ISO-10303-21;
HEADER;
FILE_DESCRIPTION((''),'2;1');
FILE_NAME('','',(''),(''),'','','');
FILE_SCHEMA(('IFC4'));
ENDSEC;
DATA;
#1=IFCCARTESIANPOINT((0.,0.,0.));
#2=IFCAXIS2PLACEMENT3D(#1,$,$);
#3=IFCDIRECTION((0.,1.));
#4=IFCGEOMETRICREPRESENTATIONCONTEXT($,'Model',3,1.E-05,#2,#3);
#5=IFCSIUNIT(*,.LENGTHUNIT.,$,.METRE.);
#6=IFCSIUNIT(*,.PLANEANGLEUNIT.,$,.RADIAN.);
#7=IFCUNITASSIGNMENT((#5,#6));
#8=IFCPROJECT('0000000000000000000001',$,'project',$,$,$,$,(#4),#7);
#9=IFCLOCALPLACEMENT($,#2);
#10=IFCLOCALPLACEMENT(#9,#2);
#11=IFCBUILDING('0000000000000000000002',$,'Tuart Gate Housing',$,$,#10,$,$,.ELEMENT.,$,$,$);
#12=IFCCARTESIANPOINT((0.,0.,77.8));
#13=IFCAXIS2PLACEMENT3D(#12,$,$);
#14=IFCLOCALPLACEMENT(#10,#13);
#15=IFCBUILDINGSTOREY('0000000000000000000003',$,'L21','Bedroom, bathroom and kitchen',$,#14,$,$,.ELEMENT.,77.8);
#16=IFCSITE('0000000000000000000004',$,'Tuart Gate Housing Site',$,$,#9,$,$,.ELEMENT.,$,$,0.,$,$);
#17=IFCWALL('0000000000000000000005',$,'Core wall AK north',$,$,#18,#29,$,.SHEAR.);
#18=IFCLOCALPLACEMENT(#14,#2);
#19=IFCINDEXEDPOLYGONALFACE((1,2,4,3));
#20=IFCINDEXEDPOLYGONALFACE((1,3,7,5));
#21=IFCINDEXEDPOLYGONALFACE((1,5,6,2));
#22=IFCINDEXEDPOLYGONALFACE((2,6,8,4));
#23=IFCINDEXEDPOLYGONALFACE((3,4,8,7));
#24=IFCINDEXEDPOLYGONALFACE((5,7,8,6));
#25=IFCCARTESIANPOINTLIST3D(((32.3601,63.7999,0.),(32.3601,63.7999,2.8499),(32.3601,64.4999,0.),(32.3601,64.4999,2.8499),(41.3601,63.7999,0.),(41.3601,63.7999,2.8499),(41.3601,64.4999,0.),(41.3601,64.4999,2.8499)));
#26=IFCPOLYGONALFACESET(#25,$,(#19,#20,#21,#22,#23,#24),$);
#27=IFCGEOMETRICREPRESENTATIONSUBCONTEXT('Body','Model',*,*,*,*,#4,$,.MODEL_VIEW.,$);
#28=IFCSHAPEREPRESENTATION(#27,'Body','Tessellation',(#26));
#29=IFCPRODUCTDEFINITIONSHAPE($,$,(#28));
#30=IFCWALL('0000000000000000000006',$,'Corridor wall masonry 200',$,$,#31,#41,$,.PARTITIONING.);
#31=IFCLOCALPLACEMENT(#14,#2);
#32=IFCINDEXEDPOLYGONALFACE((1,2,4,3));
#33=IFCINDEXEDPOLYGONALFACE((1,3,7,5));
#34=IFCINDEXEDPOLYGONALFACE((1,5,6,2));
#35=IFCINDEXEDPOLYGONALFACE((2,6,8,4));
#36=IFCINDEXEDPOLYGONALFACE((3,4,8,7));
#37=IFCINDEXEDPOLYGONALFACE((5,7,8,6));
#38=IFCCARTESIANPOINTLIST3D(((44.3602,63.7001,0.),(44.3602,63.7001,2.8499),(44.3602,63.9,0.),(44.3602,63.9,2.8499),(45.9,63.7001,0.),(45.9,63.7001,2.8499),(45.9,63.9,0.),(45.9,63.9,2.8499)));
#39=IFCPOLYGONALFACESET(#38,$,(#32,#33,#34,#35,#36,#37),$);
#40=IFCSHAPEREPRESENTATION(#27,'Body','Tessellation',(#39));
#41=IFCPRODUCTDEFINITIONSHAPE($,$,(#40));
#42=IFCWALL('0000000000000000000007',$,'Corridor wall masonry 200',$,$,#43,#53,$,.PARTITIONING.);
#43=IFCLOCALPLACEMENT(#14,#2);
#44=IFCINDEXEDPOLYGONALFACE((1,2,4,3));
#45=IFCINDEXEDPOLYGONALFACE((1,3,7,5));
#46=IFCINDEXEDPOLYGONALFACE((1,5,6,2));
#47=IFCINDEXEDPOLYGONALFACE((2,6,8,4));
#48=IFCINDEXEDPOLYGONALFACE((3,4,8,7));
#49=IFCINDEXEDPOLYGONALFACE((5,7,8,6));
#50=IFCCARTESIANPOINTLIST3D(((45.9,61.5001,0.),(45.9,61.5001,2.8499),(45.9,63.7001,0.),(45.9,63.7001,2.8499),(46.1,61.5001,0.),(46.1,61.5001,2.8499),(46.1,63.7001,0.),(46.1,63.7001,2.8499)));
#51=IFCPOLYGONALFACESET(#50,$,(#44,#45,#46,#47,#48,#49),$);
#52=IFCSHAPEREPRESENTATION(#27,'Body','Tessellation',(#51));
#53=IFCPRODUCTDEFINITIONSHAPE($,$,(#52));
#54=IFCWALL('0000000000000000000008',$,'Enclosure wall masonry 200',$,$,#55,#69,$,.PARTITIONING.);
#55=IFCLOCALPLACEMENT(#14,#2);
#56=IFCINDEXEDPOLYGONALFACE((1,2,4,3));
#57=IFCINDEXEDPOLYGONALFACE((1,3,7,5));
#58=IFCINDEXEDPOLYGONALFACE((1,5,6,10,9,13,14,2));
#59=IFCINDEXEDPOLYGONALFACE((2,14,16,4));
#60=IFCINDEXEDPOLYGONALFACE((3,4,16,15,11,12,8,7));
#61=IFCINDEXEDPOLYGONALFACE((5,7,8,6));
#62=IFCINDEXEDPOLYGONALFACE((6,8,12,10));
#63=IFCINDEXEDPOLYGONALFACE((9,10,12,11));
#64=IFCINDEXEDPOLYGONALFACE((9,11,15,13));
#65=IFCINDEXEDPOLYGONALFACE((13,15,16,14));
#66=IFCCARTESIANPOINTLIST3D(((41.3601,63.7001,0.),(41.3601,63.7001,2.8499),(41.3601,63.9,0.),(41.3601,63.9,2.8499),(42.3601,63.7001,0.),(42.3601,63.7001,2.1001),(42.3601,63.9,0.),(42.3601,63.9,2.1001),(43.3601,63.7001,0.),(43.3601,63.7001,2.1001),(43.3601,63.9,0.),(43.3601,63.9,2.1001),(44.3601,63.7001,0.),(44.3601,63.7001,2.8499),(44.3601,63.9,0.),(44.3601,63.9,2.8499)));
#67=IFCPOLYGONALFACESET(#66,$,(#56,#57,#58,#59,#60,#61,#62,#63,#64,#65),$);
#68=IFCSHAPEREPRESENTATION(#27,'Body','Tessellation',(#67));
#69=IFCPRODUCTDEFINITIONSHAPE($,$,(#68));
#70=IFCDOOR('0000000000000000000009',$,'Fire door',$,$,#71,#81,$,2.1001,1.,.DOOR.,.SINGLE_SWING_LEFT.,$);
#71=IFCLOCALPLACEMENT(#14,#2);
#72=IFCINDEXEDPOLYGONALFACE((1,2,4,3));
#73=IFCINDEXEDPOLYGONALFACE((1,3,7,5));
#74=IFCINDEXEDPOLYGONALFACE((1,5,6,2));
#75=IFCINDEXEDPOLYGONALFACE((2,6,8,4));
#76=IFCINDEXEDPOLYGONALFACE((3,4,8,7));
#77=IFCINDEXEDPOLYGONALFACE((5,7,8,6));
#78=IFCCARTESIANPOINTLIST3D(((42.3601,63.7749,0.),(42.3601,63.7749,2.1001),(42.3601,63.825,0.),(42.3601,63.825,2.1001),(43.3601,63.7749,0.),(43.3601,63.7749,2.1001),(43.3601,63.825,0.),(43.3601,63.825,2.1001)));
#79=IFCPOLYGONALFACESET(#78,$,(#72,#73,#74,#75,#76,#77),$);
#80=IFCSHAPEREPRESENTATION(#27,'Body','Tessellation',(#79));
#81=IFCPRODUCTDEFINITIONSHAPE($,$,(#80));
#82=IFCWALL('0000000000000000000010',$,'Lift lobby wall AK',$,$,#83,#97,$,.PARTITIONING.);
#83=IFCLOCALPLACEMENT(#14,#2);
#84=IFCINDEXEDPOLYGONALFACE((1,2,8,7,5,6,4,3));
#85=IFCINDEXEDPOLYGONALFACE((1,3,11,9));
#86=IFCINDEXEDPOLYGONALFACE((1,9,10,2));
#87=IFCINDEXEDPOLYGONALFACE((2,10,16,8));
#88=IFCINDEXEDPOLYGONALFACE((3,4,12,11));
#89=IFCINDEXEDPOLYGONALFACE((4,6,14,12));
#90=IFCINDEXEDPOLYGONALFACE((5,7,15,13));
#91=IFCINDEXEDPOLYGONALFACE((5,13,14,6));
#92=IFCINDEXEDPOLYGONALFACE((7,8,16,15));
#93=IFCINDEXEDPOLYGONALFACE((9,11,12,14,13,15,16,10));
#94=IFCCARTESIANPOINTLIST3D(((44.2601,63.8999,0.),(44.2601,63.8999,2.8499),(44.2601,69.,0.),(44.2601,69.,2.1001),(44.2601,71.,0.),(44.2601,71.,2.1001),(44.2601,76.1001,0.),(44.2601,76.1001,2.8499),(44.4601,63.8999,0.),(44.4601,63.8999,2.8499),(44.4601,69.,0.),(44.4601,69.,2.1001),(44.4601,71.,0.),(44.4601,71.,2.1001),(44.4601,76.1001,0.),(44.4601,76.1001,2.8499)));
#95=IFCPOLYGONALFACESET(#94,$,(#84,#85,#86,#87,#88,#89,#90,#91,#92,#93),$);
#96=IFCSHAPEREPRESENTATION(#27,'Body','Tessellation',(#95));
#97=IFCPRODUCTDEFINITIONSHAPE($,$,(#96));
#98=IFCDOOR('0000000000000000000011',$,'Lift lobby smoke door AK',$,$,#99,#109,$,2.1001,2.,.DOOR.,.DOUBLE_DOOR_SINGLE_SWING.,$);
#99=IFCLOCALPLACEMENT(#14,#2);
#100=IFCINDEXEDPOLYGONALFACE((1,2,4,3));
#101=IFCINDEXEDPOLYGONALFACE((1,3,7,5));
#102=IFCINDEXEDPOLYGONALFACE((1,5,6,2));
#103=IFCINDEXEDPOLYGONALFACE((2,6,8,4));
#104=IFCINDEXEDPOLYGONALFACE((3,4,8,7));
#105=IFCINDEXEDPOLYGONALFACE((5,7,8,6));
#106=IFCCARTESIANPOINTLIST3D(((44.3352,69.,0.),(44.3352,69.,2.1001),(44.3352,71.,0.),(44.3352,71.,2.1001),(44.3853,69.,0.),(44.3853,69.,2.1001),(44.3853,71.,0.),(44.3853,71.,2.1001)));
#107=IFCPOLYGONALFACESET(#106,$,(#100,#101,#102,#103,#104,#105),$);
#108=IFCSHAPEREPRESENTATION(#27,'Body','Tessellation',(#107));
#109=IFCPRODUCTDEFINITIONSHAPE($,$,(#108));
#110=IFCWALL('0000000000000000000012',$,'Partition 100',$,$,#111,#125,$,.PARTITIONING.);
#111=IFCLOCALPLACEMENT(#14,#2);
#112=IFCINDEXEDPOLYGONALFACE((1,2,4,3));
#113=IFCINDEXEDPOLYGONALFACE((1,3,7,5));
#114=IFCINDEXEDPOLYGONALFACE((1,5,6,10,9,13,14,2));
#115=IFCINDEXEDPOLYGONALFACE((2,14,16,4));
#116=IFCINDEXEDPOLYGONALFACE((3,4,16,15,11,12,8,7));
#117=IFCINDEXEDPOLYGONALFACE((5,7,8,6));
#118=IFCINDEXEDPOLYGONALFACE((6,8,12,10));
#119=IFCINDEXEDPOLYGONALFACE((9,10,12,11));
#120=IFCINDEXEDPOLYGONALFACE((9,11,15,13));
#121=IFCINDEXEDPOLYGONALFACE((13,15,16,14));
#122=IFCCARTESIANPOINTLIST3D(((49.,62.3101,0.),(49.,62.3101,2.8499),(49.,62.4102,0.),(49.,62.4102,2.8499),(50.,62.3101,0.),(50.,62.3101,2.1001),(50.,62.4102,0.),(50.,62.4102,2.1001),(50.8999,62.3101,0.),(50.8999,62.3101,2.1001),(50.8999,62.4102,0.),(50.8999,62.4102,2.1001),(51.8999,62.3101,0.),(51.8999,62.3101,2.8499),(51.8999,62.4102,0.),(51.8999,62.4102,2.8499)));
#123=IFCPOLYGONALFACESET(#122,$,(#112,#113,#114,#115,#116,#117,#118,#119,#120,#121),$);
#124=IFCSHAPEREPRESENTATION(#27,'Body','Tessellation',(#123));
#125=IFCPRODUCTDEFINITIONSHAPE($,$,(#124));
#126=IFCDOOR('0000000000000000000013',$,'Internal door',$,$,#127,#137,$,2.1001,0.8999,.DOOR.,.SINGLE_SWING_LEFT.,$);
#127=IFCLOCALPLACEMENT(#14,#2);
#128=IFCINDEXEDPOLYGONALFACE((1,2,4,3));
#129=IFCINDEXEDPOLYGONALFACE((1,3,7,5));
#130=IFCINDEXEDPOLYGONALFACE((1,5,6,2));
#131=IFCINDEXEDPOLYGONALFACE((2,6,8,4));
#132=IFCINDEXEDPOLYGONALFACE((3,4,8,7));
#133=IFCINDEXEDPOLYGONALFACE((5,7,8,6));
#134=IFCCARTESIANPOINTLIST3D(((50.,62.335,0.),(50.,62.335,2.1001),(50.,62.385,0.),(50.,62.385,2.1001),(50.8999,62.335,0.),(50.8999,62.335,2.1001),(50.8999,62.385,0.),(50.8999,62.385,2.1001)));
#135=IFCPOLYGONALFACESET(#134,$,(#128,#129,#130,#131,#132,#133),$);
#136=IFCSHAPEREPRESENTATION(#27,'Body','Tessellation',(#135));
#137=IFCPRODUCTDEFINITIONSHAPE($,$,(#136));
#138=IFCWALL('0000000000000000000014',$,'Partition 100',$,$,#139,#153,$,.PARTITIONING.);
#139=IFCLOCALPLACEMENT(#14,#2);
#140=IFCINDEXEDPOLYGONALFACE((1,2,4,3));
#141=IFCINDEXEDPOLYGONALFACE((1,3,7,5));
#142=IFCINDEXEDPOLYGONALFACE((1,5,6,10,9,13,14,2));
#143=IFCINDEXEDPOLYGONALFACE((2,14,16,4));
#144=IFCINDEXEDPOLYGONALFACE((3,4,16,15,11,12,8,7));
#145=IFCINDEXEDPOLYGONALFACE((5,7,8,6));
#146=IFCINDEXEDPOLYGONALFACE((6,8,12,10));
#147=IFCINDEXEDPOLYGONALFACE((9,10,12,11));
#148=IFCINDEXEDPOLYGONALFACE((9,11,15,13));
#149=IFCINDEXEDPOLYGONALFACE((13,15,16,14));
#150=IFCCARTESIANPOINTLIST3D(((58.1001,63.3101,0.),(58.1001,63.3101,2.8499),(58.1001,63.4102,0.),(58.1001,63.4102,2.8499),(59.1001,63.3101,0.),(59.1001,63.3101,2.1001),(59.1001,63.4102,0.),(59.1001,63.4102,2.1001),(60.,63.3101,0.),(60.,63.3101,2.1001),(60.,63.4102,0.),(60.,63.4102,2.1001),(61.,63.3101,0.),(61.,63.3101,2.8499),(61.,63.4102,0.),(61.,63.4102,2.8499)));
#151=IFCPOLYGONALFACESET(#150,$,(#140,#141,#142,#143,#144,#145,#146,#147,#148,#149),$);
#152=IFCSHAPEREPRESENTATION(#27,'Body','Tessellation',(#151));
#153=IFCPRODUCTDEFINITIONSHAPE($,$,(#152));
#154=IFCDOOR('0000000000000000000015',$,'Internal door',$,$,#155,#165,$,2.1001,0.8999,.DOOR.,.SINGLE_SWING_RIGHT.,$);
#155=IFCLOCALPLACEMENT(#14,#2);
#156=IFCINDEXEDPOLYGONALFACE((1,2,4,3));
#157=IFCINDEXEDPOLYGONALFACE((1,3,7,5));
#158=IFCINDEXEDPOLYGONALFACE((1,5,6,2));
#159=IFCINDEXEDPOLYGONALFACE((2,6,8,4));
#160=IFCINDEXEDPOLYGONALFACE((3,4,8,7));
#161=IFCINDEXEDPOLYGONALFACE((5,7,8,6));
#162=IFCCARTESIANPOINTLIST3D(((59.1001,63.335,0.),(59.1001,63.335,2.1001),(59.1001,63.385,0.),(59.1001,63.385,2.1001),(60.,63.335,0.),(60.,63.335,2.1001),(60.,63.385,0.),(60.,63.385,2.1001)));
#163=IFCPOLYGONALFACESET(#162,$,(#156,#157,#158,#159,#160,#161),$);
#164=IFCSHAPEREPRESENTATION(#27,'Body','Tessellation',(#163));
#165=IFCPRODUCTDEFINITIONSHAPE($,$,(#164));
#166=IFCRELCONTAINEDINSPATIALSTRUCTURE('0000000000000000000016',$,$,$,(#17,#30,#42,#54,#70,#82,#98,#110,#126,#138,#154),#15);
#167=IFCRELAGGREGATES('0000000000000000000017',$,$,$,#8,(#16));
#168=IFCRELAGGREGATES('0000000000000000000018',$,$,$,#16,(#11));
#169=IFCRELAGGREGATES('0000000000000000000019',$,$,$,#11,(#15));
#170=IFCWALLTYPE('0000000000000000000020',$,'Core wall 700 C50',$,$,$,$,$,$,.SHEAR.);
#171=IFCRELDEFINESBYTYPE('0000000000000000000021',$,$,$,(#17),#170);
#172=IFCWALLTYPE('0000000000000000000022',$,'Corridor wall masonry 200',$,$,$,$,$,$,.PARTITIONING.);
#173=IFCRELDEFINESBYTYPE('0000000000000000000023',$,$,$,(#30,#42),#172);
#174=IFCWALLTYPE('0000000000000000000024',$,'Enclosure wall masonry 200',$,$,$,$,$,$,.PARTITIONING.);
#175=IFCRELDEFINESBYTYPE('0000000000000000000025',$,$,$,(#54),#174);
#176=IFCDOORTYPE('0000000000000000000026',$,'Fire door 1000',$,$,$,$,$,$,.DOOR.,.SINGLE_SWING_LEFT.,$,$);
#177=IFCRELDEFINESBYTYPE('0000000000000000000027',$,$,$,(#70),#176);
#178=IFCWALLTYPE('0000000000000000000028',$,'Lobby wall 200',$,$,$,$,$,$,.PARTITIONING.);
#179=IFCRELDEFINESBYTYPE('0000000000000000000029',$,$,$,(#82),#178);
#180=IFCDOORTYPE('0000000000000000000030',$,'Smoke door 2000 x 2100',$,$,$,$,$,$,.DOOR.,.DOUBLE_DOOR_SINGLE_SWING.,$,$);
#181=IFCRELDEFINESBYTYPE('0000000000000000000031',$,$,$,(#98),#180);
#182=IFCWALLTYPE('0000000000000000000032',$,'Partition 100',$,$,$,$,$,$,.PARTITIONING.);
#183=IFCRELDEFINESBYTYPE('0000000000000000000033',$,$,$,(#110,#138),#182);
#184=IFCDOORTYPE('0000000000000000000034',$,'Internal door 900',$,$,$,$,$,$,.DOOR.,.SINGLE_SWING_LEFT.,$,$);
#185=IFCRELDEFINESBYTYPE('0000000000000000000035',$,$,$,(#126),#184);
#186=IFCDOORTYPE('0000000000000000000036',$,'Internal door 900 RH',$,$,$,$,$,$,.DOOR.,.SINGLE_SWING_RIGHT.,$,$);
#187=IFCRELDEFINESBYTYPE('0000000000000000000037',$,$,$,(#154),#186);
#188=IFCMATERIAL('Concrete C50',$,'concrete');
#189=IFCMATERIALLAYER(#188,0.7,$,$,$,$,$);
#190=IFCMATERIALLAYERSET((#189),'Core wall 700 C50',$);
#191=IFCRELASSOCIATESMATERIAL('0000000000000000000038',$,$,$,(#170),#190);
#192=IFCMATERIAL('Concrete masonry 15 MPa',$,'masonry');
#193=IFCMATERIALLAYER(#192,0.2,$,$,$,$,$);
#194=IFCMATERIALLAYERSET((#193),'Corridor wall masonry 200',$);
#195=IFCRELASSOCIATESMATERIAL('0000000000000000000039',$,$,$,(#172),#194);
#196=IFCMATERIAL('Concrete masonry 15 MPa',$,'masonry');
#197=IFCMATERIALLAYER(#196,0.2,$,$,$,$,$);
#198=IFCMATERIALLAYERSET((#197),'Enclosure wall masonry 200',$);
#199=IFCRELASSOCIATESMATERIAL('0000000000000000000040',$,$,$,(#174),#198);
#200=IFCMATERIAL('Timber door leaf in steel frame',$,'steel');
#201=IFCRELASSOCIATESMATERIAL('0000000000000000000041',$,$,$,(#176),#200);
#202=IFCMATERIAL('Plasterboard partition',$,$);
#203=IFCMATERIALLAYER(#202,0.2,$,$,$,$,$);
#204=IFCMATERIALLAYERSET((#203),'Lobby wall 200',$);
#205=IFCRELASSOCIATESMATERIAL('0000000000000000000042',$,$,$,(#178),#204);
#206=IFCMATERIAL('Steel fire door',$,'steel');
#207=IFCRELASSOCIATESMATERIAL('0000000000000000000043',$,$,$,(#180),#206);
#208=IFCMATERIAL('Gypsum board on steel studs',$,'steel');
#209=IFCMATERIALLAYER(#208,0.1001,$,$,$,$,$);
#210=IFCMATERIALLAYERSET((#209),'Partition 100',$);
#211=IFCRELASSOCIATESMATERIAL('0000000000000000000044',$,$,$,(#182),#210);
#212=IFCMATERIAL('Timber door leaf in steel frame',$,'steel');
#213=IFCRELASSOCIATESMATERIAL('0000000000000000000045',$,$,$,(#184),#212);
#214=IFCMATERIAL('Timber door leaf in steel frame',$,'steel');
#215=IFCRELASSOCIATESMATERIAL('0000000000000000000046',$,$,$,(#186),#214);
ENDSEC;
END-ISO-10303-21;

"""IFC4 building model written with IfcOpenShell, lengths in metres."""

from ifc_helpers import new_model, si_unit, direction, frame, frame_2d, origin, place, context, subcontext, project, spatial, rectangle, extrude, material, layer, layer_set, type_object, element, fill, save


model = new_model("IFC4")

# Units and contexts
model_context = context("Model", 3, precision=1e-05, world=origin(), true_north=direction((0.0, 1.0)))
body_context = subcontext(model_context, "Body", "Model", "MODEL_VIEW")
ifc_project = project(units=[si_unit("LENGTHUNIT", "METRE"), si_unit("PLANEANGLEUNIT", "RADIAN")], contexts=[model_context])

# Site, building, storey
site_placement = place(None, origin())
site = spatial("IfcSite", under=ifc_project, at=site_placement, Name="Tuart Gate Housing Site", CompositionType="ELEMENT", RefElevation=0.0)
building_placement = place(site_placement, origin())
building = spatial("IfcBuilding", under=site, at=building_placement, Name="Tuart Gate Housing", CompositionType="ELEMENT")
storey_placement = place(building_placement, frame((0.0, 0.0, 77.8)))
storey = spatial("IfcBuildingStorey", under=building, at=storey_placement, Name="L21", Description="Bedroom, bathroom and kitchen", CompositionType="ELEMENT", Elevation=77.8)

# Walls
ifc_material_1 = material(Name="Concrete C50", Category="concrete")
ifc_layer_1 = layer(ifc_material_1, 0.7)
ifc_layer_set_1 = layer_set([ifc_layer_1], Name="Core wall 700 C50")
wall_type_1 = type_object("IfcWallType", Name="Core wall 700 C50", PredefinedType="SHEAR", material=ifc_layer_set_1)
wall_1_placement = place(storey_placement, frame((41.3601, 64.1499, 0.0), z_axis=(0.0, 0.0, 1.0), x_axis=(-1.0, 0.0, 0.0)))
element("IfcWall", 1, at=wall_1_placement, inside=storey, type_object=wall_type_1, Name="Core wall AK north", PredefinedType="SHEAR", context=body_context, shape_type="SweptSolid", body=[
    extrude(rectangle(XDim=9.0, YDim=0.7, at=frame_2d((4.5, 0.0))), origin(), (0.0, 0.0, 1.0), 2.8499),
])
ifc_material_2 = material(Name="Concrete masonry 15 MPa", Category="masonry")
ifc_layer_2 = layer(ifc_material_2, 0.2)
ifc_layer_set_2 = layer_set([ifc_layer_2], Name="Corridor wall masonry 200")
wall_type_2 = type_object("IfcWallType", Name="Corridor wall masonry 200", PredefinedType="PARTITIONING", material=ifc_layer_set_2)
wall_2_placement = place(storey_placement, frame((44.3601, 63.8, 0.0), z_axis=(0.0, 0.0, 1.0), x_axis=(1.0, 0.0, 0.0)))
element("IfcWall", 2, at=wall_2_placement, inside=storey, type_object=wall_type_2, Name="Corridor wall masonry 200", PredefinedType="PARTITIONING", context=body_context, shape_type="SweptSolid", body=[
    extrude(rectangle(XDim=1.5398, YDim=0.2, at=frame_2d((0.77, 0.0))), origin(), (0.0, 0.0, 1.0), 2.8499),
])
wall_3_placement = place(storey_placement, frame((46.0, 61.5, 0.0), z_axis=(0.0, 0.0, 1.0), x_axis=(0.0, 1.0, 0.0)))
element("IfcWall", 3, at=wall_3_placement, inside=storey, type_object=wall_type_2, Name="Corridor wall masonry 200", PredefinedType="PARTITIONING", context=body_context, shape_type="SweptSolid", body=[
    extrude(rectangle(XDim=2.2, YDim=0.2, at=frame_2d((1.1001, 0.0))), origin(), (0.0, 0.0, 1.0), 2.8499),
])

# Walls, openings, doors
ifc_material_3 = material(Name="Concrete masonry 15 MPa", Category="masonry")
ifc_layer_3 = layer(ifc_material_3, 0.2)
ifc_layer_set_3 = layer_set([ifc_layer_3], Name="Enclosure wall masonry 200")
wall_type_3 = type_object("IfcWallType", Name="Enclosure wall masonry 200", PredefinedType="PARTITIONING", material=ifc_layer_set_3)
wall_4_placement = place(storey_placement, frame((41.3601, 63.8, 0.0), z_axis=(0.0, 0.0, 1.0), x_axis=(1.0, 0.0, 0.0)))
wall_4 = element("IfcWall", 4, at=wall_4_placement, inside=storey, type_object=wall_type_3, Name="Enclosure wall masonry 200", PredefinedType="PARTITIONING", context=body_context, shape_type="SweptSolid", body=[
    extrude(rectangle(XDim=3.0, YDim=0.2, at=frame_2d((1.5, 0.0))), origin(), (0.0, 0.0, 1.0), 2.8499),
])
opening_1_placement = place(wall_4_placement, frame((1.0, 0.0, 0.0)))
opening_1 = element("IfcOpeningElement", 5, at=opening_1_placement, cuts=wall_4, PredefinedType="OPENING", context=body_context, shape_type="SweptSolid", body=[
    extrude(rectangle(XDim=1.0, YDim=2.1001, at=frame_2d((0.5, 1.05))), frame((0.0, 0.1099, 0.0), z_axis=(0.0, -1.0, 0.0), x_axis=(1.0, 0.0, 0.0)), (0.0, 0.0, 1.0), 0.22),
])
ifc_material_4 = material(Name="Timber door leaf in steel frame", Category="steel")
door_type_1 = type_object("IfcDoorType", Name="Fire door 1000", OperationType="SINGLE_SWING_LEFT", PredefinedType="DOOR", material=ifc_material_4)
door_1_placement = place(opening_1_placement, frame((1.0, 0.0, 0.0), z_axis=(0.0, 0.0, 1.0), x_axis=(-1.0, 0.0, 0.0)))
door_1 = element("IfcDoor", 6, at=door_1_placement, inside=storey, type_object=door_type_1, Name="Fire door", OperationType="SINGLE_SWING_LEFT", OverallHeight=2.1001, OverallWidth=1.0, PredefinedType="DOOR", context=body_context, shape_type="SweptSolid", body=[
    extrude(rectangle(XDim=1.0, YDim=2.1001, at=frame_2d((0.5, 1.05))), frame((0.0, 0.0251, 0.0), z_axis=(0.0, -1.0, 0.0), x_axis=(1.0, 0.0, 0.0)), (0.0, 0.0, 1.0), 0.05),
])
fill(opening_1, door_1)
ifc_material_5 = material(Name="Plasterboard partition")
ifc_layer_4 = layer(ifc_material_5, 0.2)
ifc_layer_set_4 = layer_set([ifc_layer_4], Name="Lobby wall 200")
wall_type_4 = type_object("IfcWallType", Name="Lobby wall 200", PredefinedType="PARTITIONING", material=ifc_layer_set_4)
wall_5_placement = place(storey_placement, frame((44.3601, 63.8999, 0.0), z_axis=(0.0, 0.0, 1.0), x_axis=(0.0, 1.0, 0.0)))
wall_5 = element("IfcWall", 7, at=wall_5_placement, inside=storey, type_object=wall_type_4, Name="Lift lobby wall AK", PredefinedType="PARTITIONING", context=body_context, shape_type="SweptSolid", body=[
    extrude(rectangle(XDim=12.2002, YDim=0.2, at=frame_2d((6.1001, 0.0))), origin(), (0.0, 0.0, 1.0), 2.8499),
])
opening_2_placement = place(wall_5_placement, frame((5.1001, 0.0, 0.0)))
opening_2 = element("IfcOpeningElement", 8, at=opening_2_placement, cuts=wall_5, PredefinedType="OPENING", context=body_context, shape_type="SweptSolid", body=[
    extrude(rectangle(XDim=2.0, YDim=2.1001, at=frame_2d((1.0, 1.05))), frame((0.0, 0.1099, 0.0), z_axis=(0.0, -1.0, 0.0), x_axis=(1.0, 0.0, 0.0)), (0.0, 0.0, 1.0), 0.22),
])
ifc_material_6 = material(Name="Steel fire door", Category="steel")
door_type_2 = type_object("IfcDoorType", Name="Smoke door 2000 x 2100", OperationType="DOUBLE_DOOR_SINGLE_SWING", PredefinedType="DOOR", material=ifc_material_6)
door_2_placement = place(opening_2_placement, origin())
door_2 = element("IfcDoor", 9, at=door_2_placement, inside=storey, type_object=door_type_2, Name="Lift lobby smoke door AK", OperationType="DOUBLE_DOOR_SINGLE_SWING", OverallHeight=2.1001, OverallWidth=2.0, PredefinedType="DOOR", context=body_context, shape_type="SweptSolid", body=[
    extrude(rectangle(XDim=2.0, YDim=2.1001, at=frame_2d((1.0, 1.05))), frame((0.0, 0.0249, 0.0), z_axis=(0.0, -1.0, 0.0), x_axis=(1.0, 0.0, 0.0)), (0.0, 0.0, 1.0), 0.05),
])
fill(opening_2, door_2)
ifc_material_7 = material(Name="Gypsum board on steel studs", Category="steel")
ifc_layer_5 = layer(ifc_material_7, 0.1001)
ifc_layer_set_5 = layer_set([ifc_layer_5], Name="Partition 100")
wall_type_5 = type_object("IfcWallType", Name="Partition 100", PredefinedType="PARTITIONING", material=ifc_layer_set_5)
wall_6_placement = place(storey_placement, frame((49.0, 62.3601, 0.0), z_axis=(0.0, 0.0, 1.0), x_axis=(1.0, 0.0, 0.0)))
wall_6 = element("IfcWall", 10, at=wall_6_placement, inside=storey, type_object=wall_type_5, Name="Partition 100", PredefinedType="PARTITIONING", context=body_context, shape_type="SweptSolid", body=[
    extrude(rectangle(XDim=2.8999, YDim=0.1001, at=frame_2d((1.45, 0.0))), origin(), (0.0, 0.0, 1.0), 2.8499),
])
opening_3_placement = place(wall_6_placement, frame((1.0, 0.0, 0.0)))
opening_3 = element("IfcOpeningElement", 11, at=opening_3_placement, cuts=wall_6, PredefinedType="OPENING", context=body_context, shape_type="SweptSolid", body=[
    extrude(rectangle(XDim=0.8999, YDim=2.1001, at=frame_2d((0.45, 1.05))), frame((0.0, 0.0601, 0.0), z_axis=(0.0, -1.0, 0.0), x_axis=(1.0, 0.0, 0.0)), (0.0, 0.0, 1.0), 0.1201),
])
ifc_material_8 = material(Name="Timber door leaf in steel frame", Category="steel")
door_type_3 = type_object("IfcDoorType", Name="Internal door 900", OperationType="SINGLE_SWING_LEFT", PredefinedType="DOOR", material=ifc_material_8)
door_3_placement = place(opening_3_placement, origin())
door_3 = element("IfcDoor", 12, at=door_3_placement, inside=storey, type_object=door_type_3, Name="Internal door", OperationType="SINGLE_SWING_LEFT", OverallHeight=2.1001, OverallWidth=0.8999, PredefinedType="DOOR", context=body_context, shape_type="SweptSolid", body=[
    extrude(rectangle(XDim=0.8999, YDim=2.1001, at=frame_2d((0.45, 1.05))), frame((0.0, 0.0249, 0.0), z_axis=(0.0, -1.0, 0.0), x_axis=(1.0, 0.0, 0.0)), (0.0, 0.0, 1.0), 0.05),
])
fill(opening_3, door_3)
wall_7_placement = place(storey_placement, frame((58.1001, 63.3601, 0.0), z_axis=(0.0, 0.0, 1.0), x_axis=(1.0, 0.0, 0.0)))
wall_7 = element("IfcWall", 13, at=wall_7_placement, inside=storey, type_object=wall_type_5, Name="Partition 100", PredefinedType="PARTITIONING", context=body_context, shape_type="SweptSolid", body=[
    extrude(rectangle(XDim=2.8999, YDim=0.1001, at=frame_2d((1.45, 0.0))), origin(), (0.0, 0.0, 1.0), 2.8499),
])
opening_4_placement = place(wall_7_placement, frame((1.0, 0.0, 0.0)))
opening_4 = element("IfcOpeningElement", 14, at=opening_4_placement, cuts=wall_7, PredefinedType="OPENING", context=body_context, shape_type="SweptSolid", body=[
    extrude(rectangle(XDim=0.8999, YDim=2.1001, at=frame_2d((0.45, 1.05))), frame((0.0, 0.0601, 0.0), z_axis=(0.0, -1.0, 0.0), x_axis=(1.0, 0.0, 0.0)), (0.0, 0.0, 1.0), 0.1201),
])
ifc_material_9 = material(Name="Timber door leaf in steel frame", Category="steel")
door_type_4 = type_object("IfcDoorType", Name="Internal door 900 RH", OperationType="SINGLE_SWING_RIGHT", PredefinedType="DOOR", material=ifc_material_9)
door_4_placement = place(opening_4_placement, origin())
door_4 = element("IfcDoor", 15, at=door_4_placement, inside=storey, type_object=door_type_4, Name="Internal door", OperationType="SINGLE_SWING_RIGHT", OverallHeight=2.1001, OverallWidth=0.8999, PredefinedType="DOOR", context=body_context, shape_type="SweptSolid", body=[
    extrude(rectangle(XDim=0.8999, YDim=2.1001, at=frame_2d((0.45, 1.05))), frame((0.0, 0.0249, 0.0), z_axis=(0.0, -1.0, 0.0), x_axis=(1.0, 0.0, 0.0)), (0.0, 0.0, 1.0), 0.05),
])
fill(opening_4, door_4)

save(model, "model.ifc")
